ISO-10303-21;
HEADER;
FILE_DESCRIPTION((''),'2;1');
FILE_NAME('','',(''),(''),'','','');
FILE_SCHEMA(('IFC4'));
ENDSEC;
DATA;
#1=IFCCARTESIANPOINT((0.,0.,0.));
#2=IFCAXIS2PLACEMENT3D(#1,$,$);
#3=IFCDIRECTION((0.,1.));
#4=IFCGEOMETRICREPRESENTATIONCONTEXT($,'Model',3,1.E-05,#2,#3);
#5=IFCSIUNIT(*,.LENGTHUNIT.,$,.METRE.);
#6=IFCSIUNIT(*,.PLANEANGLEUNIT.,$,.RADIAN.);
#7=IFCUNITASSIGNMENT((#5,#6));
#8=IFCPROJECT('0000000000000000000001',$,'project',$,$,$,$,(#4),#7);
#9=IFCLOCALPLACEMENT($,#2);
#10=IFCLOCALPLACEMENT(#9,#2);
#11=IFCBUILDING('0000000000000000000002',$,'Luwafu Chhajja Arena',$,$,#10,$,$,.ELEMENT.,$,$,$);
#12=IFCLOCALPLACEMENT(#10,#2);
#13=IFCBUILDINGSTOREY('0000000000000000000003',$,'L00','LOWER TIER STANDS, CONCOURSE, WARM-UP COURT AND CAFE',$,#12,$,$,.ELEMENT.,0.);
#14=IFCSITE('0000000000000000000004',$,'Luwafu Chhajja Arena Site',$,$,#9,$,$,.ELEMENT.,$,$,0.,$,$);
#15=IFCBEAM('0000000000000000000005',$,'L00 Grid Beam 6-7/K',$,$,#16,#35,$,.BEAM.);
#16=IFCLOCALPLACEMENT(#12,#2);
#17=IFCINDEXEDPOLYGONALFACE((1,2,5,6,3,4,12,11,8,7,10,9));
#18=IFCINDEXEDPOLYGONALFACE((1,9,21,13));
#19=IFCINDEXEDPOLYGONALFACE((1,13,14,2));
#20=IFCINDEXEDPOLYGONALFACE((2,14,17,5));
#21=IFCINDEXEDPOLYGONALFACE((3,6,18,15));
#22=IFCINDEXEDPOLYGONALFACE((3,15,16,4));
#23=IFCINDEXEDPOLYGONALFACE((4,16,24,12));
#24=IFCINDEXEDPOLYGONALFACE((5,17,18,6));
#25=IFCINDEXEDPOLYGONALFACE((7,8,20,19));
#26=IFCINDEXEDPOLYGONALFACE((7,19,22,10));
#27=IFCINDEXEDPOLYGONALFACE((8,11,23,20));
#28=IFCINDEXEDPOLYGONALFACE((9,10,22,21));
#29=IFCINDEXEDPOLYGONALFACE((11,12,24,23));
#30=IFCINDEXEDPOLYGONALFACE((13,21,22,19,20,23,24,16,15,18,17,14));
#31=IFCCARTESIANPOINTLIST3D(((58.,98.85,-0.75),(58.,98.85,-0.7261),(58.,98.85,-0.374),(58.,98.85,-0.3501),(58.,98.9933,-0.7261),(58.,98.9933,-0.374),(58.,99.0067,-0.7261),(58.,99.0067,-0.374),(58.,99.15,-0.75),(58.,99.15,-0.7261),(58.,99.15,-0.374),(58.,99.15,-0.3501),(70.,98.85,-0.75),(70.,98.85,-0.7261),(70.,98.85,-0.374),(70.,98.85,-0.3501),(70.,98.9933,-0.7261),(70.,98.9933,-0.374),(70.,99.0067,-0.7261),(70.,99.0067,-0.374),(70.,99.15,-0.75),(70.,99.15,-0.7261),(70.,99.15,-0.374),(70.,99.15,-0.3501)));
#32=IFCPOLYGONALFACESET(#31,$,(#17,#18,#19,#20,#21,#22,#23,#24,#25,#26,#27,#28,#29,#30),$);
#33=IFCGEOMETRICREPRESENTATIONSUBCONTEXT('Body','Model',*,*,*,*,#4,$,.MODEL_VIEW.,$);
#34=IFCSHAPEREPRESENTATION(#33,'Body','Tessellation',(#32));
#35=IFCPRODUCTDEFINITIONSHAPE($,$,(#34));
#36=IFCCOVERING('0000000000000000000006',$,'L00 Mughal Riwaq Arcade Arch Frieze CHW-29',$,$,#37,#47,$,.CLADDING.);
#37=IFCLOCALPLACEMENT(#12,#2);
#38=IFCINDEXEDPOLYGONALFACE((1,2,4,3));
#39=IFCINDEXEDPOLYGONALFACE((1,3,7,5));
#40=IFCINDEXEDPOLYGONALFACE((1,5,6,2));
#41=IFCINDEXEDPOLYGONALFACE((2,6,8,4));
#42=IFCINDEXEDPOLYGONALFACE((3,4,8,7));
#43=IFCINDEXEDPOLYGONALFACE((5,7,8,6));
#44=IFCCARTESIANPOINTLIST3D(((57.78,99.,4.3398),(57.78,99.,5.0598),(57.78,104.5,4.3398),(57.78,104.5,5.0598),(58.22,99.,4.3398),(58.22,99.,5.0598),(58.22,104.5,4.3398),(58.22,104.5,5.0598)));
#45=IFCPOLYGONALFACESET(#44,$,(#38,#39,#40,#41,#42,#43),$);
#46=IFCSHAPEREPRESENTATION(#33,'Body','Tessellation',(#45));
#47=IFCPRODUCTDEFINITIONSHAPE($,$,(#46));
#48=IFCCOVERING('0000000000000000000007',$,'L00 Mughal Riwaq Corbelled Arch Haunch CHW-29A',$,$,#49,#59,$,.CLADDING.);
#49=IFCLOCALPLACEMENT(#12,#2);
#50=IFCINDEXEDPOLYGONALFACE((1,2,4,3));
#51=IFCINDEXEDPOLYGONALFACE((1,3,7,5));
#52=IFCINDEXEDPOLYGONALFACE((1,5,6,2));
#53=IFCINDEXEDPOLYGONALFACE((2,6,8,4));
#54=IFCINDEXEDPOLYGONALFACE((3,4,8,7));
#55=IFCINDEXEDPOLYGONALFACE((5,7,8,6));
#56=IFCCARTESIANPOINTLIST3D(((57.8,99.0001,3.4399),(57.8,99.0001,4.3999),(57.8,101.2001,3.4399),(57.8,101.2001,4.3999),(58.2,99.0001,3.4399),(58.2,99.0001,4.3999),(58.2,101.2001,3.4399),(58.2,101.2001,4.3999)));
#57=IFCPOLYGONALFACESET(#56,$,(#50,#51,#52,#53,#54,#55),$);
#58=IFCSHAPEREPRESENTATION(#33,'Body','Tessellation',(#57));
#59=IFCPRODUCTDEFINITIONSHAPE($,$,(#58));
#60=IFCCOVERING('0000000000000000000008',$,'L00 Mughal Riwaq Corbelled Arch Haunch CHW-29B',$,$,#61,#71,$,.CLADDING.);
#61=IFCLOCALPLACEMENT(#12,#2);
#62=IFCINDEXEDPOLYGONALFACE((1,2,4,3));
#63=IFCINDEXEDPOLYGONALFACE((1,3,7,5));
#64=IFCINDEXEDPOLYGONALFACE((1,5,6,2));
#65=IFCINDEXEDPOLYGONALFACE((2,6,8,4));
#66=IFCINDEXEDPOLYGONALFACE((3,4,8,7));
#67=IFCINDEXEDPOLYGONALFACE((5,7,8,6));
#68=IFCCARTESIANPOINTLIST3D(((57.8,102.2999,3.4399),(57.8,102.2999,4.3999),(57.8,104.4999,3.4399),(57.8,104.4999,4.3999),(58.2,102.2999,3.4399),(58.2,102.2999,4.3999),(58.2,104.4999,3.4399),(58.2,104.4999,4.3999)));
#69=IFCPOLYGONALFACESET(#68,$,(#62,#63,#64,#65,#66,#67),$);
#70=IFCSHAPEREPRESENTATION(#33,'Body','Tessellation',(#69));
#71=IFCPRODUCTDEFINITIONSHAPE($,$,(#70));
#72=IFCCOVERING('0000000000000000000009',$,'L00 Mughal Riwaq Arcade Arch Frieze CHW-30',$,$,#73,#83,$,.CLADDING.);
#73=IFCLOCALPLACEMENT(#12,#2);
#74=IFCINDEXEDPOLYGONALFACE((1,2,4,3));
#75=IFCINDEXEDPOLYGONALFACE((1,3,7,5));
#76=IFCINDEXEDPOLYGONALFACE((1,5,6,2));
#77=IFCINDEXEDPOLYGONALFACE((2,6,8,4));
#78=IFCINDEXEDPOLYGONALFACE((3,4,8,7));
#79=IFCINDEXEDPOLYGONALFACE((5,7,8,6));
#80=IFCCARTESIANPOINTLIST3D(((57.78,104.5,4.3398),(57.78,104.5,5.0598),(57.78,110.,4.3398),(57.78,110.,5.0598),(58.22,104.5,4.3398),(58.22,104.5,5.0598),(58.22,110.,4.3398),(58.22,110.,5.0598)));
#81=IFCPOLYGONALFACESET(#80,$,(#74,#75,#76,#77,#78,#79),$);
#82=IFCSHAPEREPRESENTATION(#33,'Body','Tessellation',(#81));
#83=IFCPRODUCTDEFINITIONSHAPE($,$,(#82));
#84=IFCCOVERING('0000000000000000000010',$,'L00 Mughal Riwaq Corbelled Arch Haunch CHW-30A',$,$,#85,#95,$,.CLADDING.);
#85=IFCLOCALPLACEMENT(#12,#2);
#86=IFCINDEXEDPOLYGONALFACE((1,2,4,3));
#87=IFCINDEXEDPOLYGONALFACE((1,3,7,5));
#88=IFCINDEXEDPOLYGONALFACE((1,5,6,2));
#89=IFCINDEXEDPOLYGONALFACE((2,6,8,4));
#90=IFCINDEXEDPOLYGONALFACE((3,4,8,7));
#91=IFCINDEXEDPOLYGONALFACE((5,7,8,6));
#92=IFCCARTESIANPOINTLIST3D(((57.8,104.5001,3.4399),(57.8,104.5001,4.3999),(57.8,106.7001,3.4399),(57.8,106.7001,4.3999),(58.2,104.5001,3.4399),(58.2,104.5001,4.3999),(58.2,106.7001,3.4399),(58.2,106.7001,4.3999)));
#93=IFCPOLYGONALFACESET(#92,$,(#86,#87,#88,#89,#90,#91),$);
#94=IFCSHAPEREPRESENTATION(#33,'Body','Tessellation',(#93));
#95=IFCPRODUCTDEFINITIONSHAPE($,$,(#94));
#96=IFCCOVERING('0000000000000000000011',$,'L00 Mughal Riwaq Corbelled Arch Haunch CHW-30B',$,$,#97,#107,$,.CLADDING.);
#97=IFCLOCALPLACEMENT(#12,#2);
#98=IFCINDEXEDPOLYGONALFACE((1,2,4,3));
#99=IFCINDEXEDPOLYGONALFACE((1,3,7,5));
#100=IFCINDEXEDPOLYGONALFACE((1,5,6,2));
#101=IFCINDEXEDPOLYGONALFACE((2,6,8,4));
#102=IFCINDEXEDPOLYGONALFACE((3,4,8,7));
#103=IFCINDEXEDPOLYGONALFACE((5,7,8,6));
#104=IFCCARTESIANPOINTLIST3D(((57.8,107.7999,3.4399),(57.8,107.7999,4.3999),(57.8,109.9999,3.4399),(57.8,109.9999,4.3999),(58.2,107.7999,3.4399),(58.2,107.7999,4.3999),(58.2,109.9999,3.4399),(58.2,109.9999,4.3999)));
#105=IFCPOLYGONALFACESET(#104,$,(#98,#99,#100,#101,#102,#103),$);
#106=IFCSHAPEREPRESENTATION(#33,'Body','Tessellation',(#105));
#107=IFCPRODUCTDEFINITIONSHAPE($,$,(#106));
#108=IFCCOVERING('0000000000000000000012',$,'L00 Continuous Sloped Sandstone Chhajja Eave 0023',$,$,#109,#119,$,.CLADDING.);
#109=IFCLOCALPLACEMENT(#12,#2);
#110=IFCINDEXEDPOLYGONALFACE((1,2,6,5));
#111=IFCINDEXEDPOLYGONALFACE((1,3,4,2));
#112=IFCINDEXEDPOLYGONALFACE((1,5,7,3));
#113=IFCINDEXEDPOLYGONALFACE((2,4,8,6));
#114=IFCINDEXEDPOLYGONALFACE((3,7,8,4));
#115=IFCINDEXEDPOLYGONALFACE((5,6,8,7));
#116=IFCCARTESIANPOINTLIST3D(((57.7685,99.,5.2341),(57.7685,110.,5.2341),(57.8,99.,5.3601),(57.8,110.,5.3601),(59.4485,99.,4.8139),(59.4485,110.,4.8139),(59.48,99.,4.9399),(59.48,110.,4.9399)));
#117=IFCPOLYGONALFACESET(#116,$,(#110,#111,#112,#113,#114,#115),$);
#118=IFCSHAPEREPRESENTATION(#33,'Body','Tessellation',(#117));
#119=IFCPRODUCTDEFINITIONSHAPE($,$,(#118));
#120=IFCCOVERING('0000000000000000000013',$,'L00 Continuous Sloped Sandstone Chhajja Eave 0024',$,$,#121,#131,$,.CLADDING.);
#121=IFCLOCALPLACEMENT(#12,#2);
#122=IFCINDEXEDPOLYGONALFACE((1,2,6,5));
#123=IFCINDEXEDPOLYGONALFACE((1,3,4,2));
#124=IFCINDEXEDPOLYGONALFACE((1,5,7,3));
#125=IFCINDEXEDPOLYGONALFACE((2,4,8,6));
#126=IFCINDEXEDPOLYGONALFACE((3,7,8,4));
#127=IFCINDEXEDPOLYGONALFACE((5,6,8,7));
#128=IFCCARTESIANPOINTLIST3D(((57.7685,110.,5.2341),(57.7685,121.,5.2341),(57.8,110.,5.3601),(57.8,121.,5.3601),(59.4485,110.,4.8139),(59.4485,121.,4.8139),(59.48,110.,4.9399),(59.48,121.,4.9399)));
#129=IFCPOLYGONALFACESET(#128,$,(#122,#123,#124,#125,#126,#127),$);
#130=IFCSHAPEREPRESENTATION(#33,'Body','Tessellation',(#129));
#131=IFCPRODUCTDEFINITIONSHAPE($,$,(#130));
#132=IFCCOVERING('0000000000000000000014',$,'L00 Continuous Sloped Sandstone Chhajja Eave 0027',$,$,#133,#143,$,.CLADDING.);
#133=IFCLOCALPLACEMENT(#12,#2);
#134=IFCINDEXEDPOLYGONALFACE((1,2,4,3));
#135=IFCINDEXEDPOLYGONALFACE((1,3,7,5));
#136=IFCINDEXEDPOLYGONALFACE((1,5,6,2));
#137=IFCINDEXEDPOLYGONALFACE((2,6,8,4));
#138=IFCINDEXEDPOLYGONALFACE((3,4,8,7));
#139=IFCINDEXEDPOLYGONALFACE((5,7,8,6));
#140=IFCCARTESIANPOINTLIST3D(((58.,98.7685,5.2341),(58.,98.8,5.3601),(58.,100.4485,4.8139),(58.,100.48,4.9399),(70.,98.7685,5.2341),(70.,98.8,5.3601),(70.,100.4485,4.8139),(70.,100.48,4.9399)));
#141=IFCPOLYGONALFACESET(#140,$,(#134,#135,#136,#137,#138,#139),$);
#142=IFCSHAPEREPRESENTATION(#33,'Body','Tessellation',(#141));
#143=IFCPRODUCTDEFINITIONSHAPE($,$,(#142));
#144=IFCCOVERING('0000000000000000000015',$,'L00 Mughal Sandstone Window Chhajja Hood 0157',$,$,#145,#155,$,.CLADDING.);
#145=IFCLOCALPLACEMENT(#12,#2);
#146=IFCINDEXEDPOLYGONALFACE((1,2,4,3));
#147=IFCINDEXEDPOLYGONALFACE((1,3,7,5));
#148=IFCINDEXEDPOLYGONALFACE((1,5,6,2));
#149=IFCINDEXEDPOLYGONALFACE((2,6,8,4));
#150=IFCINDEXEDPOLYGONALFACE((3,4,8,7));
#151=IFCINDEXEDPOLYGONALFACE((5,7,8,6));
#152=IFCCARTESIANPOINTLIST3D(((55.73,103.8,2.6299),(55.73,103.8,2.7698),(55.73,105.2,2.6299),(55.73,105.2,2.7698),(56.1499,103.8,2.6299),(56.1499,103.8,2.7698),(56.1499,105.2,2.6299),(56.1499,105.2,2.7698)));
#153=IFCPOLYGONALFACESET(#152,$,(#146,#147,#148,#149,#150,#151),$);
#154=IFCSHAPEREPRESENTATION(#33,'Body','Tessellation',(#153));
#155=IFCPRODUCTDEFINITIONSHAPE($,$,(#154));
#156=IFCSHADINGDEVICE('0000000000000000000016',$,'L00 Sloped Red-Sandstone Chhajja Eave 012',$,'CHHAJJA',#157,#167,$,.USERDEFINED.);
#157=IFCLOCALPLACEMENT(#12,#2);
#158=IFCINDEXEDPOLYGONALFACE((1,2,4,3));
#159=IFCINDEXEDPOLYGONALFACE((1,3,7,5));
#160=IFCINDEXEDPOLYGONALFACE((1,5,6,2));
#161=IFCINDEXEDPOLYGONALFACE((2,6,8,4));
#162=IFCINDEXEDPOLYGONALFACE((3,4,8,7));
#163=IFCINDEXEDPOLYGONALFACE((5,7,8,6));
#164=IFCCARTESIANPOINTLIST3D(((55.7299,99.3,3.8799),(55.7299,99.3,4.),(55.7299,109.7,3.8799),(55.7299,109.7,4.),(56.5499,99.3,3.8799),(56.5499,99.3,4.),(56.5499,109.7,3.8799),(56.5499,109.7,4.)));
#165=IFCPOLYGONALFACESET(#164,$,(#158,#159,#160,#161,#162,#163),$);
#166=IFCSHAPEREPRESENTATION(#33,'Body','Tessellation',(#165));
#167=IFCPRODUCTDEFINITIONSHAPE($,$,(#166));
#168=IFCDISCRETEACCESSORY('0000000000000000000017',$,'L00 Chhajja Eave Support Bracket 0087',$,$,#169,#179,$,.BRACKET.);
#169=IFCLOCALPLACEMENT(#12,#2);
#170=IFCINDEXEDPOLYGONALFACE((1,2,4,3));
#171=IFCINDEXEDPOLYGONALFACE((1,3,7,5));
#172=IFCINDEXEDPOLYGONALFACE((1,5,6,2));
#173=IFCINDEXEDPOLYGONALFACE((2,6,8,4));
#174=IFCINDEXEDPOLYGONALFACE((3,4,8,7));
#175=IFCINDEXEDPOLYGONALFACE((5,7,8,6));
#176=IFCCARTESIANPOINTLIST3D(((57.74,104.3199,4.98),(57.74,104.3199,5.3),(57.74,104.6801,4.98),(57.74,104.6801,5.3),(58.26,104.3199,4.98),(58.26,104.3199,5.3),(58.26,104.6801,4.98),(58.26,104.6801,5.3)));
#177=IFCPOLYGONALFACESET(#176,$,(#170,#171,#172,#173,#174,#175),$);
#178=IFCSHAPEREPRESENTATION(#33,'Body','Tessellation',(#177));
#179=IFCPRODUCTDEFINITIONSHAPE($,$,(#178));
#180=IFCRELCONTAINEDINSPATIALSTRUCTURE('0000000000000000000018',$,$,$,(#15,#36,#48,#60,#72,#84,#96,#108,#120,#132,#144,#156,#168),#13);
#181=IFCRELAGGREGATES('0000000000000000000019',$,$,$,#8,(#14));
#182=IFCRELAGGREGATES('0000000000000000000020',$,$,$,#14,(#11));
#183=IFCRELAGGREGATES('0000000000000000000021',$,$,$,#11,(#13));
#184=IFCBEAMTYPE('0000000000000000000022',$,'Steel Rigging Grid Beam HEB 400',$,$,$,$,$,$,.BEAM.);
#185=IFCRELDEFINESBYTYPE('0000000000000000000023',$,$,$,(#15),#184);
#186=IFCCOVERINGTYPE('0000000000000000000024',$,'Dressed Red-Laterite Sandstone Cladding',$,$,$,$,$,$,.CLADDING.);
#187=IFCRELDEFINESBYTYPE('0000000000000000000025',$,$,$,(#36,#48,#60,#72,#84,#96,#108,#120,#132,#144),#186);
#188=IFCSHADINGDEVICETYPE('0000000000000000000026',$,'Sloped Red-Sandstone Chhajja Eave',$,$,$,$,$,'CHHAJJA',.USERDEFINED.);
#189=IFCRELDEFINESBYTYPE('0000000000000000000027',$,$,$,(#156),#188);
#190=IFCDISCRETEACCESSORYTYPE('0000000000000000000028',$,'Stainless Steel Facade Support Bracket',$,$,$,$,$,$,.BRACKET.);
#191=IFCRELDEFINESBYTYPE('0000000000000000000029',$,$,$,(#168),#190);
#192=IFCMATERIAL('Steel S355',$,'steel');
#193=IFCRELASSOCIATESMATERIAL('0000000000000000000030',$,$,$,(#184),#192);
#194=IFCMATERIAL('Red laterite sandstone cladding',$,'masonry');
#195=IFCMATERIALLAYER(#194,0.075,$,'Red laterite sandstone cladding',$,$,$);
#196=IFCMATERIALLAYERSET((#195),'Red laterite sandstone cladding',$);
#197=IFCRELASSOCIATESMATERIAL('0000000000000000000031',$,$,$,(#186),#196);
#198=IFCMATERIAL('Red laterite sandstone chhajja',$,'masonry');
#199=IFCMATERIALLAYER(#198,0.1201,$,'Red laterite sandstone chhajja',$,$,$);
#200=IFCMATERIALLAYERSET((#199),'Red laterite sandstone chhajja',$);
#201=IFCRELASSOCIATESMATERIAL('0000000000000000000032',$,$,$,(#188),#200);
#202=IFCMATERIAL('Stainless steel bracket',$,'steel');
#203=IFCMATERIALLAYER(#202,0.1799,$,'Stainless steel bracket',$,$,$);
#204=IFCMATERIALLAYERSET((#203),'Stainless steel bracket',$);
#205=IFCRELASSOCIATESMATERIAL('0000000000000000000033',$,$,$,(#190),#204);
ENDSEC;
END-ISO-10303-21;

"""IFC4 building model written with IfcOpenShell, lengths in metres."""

from ifc_helpers import new_model, si_unit, direction, frame, origin, origin_2d, place, context, subcontext, project, spatial, polyline, rectangle, i_section, outline, extrude, material, layer, layer_set, material_profile, profile_set, type_object, element, save


model = new_model("IFC4")

# Units and contexts
model_context = context("Model", 3, precision=1e-05, world=origin(), true_north=direction((0.0, 1.0)))
body_context = subcontext(model_context, "Body", "Model", "MODEL_VIEW")
ifc_project = project(units=[si_unit("LENGTHUNIT", "METRE"), si_unit("PLANEANGLEUNIT", "RADIAN")], contexts=[model_context])

# Site, building, storey
site_placement = place(None, origin())
site = spatial("IfcSite", under=ifc_project, at=site_placement, Name="Luwafu Chhajja Arena Site", CompositionType="ELEMENT", RefElevation=0.0)
building_placement = place(site_placement, origin())
building = spatial("IfcBuilding", under=site, at=building_placement, Name="Luwafu Chhajja Arena", CompositionType="ELEMENT")
storey_placement = place(building_placement, origin())
storey = spatial("IfcBuildingStorey", under=building, at=storey_placement, Name="L00", Description="LOWER TIER STANDS, CONCOURSE, WARM-UP COURT AND CAFE", CompositionType="ELEMENT", Elevation=0.0)

# Beam
ifc_material_1 = material(Name="Steel S355", Category="steel")
ifc_material_profile_1 = material_profile(ifc_material_1, i_section(OverallWidth=0.3, OverallDepth=0.3999, WebThickness=0.0134, FlangeThickness=0.0239, at=origin_2d()), Name="HEB 400")
ifc_profile_set_1 = profile_set([ifc_material_profile_1], Name="Steel S355")
beam_type_1 = type_object("IfcBeamType", Name="Steel Rigging Grid Beam HEB 400", PredefinedType="BEAM", material=ifc_profile_set_1)
beam_1_placement = place(storey_placement, frame((58.0, 99.0, -0.55), z_axis=(1.0, 0.0, 0.0), x_axis=(0.0, 1.0, 0.0)))
element("IfcBeam", 1, at=beam_1_placement, inside=storey, type_object=beam_type_1, Name="L00 Grid Beam 6-7/K", PredefinedType="BEAM", context=body_context, shape_type="SweptSolid", body=[
    extrude(i_section(OverallWidth=0.3, OverallDepth=0.3999, WebThickness=0.0134, FlangeThickness=0.0239, at=origin_2d()), origin(), (0.0, 0.0, 1.0), 12.0),
])

# Coverings
ifc_material_2 = material(Name="Red laterite sandstone cladding", Category="masonry")
ifc_layer_1 = layer(ifc_material_2, 0.075, Name="Red laterite sandstone cladding")
ifc_layer_set_1 = layer_set([ifc_layer_1], Name="Red laterite sandstone cladding")
covering_type = type_object("IfcCoveringType", Name="Dressed Red-Laterite Sandstone Cladding", PredefinedType="CLADDING", material=ifc_layer_set_1)
covering_1_placement = place(storey_placement, frame((58.0, 101.75, 4.3398), z_axis=(0.0, 0.0, 1.0), x_axis=(0.0, 1.0, 0.0)))
element("IfcCovering", 2, at=covering_1_placement, inside=storey, type_object=covering_type, Name="L00 Mughal Riwaq Arcade Arch Frieze CHW-29", PredefinedType="CLADDING", context=body_context, shape_type="SweptSolid", body=[
    extrude(rectangle(XDim=5.5, YDim=0.4399, at=origin_2d()), origin(), (0.0, 0.0, 1.0), 0.72),
])
for number, where, z_axis, x_axis, name in (
    (3, (58.0, 100.1001, 3.4399), (0.0, 0.0, 1.0), (0.0, 1.0, 0.0), "L00 Mughal Riwaq Corbelled Arch Haunch CHW-29A"),
    (4, (58.0, 103.3999, 3.4399), (0.0, 0.0, 1.0), (0.0, 1.0, 0.0), "L00 Mughal Riwaq Corbelled Arch Haunch CHW-29B"),
):
    element("IfcCovering", number, at=place(storey_placement, frame(where, z_axis=z_axis, x_axis=x_axis)), inside=storey, type_object=covering_type, Name=name, PredefinedType="CLADDING", context=body_context, shape_type="SweptSolid", body=[
        extrude(rectangle(XDim=2.2, YDim=0.3999, at=origin_2d()), origin(), (0.0, 0.0, 1.0), 0.96),
    ])
covering_2_placement = place(storey_placement, frame((58.0, 107.25, 4.3398), z_axis=(0.0, 0.0, 1.0), x_axis=(0.0, 1.0, 0.0)))
element("IfcCovering", 5, at=covering_2_placement, inside=storey, type_object=covering_type, Name="L00 Mughal Riwaq Arcade Arch Frieze CHW-30", PredefinedType="CLADDING", context=body_context, shape_type="SweptSolid", body=[
    extrude(rectangle(XDim=5.5, YDim=0.4399, at=origin_2d()), origin(), (0.0, 0.0, 1.0), 0.72),
])
for number, where, z_axis, x_axis, name in (
    (6, (58.0, 105.6001, 3.4399), (0.0, 0.0, 1.0), (0.0, 1.0, 0.0), "L00 Mughal Riwaq Corbelled Arch Haunch CHW-30A"),
    (7, (58.0, 108.8999, 3.4399), (0.0, 0.0, 1.0), (0.0, 1.0, 0.0), "L00 Mughal Riwaq Corbelled Arch Haunch CHW-30B"),
):
    element("IfcCovering", number, at=place(storey_placement, frame(where, z_axis=z_axis, x_axis=x_axis)), inside=storey, type_object=covering_type, Name=name, PredefinedType="CLADDING", context=body_context, shape_type="SweptSolid", body=[
        extrude(rectangle(XDim=2.2, YDim=0.3999, at=origin_2d()), origin(), (0.0, 0.0, 1.0), 0.96),
    ])
for number, where, z_axis, x_axis, name in (
    (8, (57.8, 99.0, 5.3601), (0.242635, 0.0, 0.970118), (0.0, 1.0, 0.0), "L00 Continuous Sloped Sandstone Chhajja Eave 0023"),
    (9, (57.8, 110.0, 5.3601), (0.242635, 0.0, 0.970118), (0.0, 1.0, 0.0), "L00 Continuous Sloped Sandstone Chhajja Eave 0024"),
):
    element("IfcCovering", number, at=place(storey_placement, frame(where, z_axis=z_axis, x_axis=x_axis)), inside=storey, type_object=covering_type, Name=name, PredefinedType="CLADDING", context=body_context, shape_type="SweptSolid", body=[
        extrude(outline(polyline([(0.0, 0.0), (11.0, 0.0), (11.0, -1.7317), (0.0, -1.7317), (0.0, 0.0)])), origin(), (0.0, 0.0, -1.0), 0.1299),
    ])
covering_3_placement = place(storey_placement, frame((58.0, 98.8, 5.3601), z_axis=(0.0, 0.242635, 0.970118), x_axis=(1.0, 0.0, 0.0)))
element("IfcCovering", 10, at=covering_3_placement, inside=storey, type_object=covering_type, Name="L00 Continuous Sloped Sandstone Chhajja Eave 0027", PredefinedType="CLADDING", context=body_context, shape_type="SweptSolid", body=[
    extrude(outline(polyline([(0.0, 0.0), (12.0, 0.0), (12.0, 1.7317), (0.0, 1.7317), (0.0, 0.0)])), origin(), (0.0, 0.0, -1.0), 0.1299),
])
covering_4_placement = place(storey_placement, frame((55.9399, 104.5, 2.6299), z_axis=(0.0, 0.0, 1.0), x_axis=(0.0, 1.0, 0.0)))
element("IfcCovering", 11, at=covering_4_placement, inside=storey, type_object=covering_type, Name="L00 Mughal Sandstone Window Chhajja Hood 0157", PredefinedType="CLADDING", context=body_context, shape_type="SweptSolid", body=[
    extrude(rectangle(XDim=1.3999, YDim=0.4199, at=origin_2d()), origin(), (0.0, 0.0, 1.0), 0.1399),
])

# Shading device
ifc_material_3 = material(Name="Red laterite sandstone chhajja", Category="masonry")
ifc_layer_2 = layer(ifc_material_3, 0.1201, Name="Red laterite sandstone chhajja")
ifc_layer_set_2 = layer_set([ifc_layer_2], Name="Red laterite sandstone chhajja")
shading_device_type = type_object("IfcShadingDeviceType", Name="Sloped Red-Sandstone Chhajja Eave", ElementType="CHHAJJA", PredefinedType="USERDEFINED", material=ifc_layer_set_2)
shading_device_placement = place(storey_placement, frame((56.1399, 104.5, 3.8799), z_axis=(0.0, 0.0, 1.0), x_axis=(0.0, 1.0, 0.0)))
element("IfcShadingDevice", 12, at=shading_device_placement, inside=storey, type_object=shading_device_type, Name="L00 Sloped Red-Sandstone Chhajja Eave 012", ObjectType="CHHAJJA", PredefinedType="USERDEFINED", context=body_context, shape_type="SweptSolid", body=[
    extrude(rectangle(XDim=10.3999, YDim=0.8201, at=origin_2d()), origin(), (0.0, 0.0, 1.0), 0.1201),
])

# Discrete accessory
ifc_material_4 = material(Name="Stainless steel bracket", Category="steel")
ifc_layer_3 = layer(ifc_material_4, 0.1799, Name="Stainless steel bracket")
ifc_layer_set_3 = layer_set([ifc_layer_3], Name="Stainless steel bracket")
discrete_accessory_type = type_object("IfcDiscreteAccessoryType", Name="Stainless Steel Facade Support Bracket", PredefinedType="BRACKET", material=ifc_layer_set_3)
discrete_accessory_placement = place(storey_placement, frame((58.0, 104.5, 4.98), z_axis=(0.0, 0.0, 1.0), x_axis=(0.0, 1.0, 0.0)))
element("IfcDiscreteAccessory", 13, at=discrete_accessory_placement, inside=storey, type_object=discrete_accessory_type, Name="L00 Chhajja Eave Support Bracket 0087", PredefinedType="BRACKET", context=body_context, shape_type="SweptSolid", body=[
    extrude(rectangle(XDim=0.3601, YDim=0.52, at=origin_2d()), origin(), (0.0, 0.0, 1.0), 0.3201),
])

save(model, "model.ifc")
